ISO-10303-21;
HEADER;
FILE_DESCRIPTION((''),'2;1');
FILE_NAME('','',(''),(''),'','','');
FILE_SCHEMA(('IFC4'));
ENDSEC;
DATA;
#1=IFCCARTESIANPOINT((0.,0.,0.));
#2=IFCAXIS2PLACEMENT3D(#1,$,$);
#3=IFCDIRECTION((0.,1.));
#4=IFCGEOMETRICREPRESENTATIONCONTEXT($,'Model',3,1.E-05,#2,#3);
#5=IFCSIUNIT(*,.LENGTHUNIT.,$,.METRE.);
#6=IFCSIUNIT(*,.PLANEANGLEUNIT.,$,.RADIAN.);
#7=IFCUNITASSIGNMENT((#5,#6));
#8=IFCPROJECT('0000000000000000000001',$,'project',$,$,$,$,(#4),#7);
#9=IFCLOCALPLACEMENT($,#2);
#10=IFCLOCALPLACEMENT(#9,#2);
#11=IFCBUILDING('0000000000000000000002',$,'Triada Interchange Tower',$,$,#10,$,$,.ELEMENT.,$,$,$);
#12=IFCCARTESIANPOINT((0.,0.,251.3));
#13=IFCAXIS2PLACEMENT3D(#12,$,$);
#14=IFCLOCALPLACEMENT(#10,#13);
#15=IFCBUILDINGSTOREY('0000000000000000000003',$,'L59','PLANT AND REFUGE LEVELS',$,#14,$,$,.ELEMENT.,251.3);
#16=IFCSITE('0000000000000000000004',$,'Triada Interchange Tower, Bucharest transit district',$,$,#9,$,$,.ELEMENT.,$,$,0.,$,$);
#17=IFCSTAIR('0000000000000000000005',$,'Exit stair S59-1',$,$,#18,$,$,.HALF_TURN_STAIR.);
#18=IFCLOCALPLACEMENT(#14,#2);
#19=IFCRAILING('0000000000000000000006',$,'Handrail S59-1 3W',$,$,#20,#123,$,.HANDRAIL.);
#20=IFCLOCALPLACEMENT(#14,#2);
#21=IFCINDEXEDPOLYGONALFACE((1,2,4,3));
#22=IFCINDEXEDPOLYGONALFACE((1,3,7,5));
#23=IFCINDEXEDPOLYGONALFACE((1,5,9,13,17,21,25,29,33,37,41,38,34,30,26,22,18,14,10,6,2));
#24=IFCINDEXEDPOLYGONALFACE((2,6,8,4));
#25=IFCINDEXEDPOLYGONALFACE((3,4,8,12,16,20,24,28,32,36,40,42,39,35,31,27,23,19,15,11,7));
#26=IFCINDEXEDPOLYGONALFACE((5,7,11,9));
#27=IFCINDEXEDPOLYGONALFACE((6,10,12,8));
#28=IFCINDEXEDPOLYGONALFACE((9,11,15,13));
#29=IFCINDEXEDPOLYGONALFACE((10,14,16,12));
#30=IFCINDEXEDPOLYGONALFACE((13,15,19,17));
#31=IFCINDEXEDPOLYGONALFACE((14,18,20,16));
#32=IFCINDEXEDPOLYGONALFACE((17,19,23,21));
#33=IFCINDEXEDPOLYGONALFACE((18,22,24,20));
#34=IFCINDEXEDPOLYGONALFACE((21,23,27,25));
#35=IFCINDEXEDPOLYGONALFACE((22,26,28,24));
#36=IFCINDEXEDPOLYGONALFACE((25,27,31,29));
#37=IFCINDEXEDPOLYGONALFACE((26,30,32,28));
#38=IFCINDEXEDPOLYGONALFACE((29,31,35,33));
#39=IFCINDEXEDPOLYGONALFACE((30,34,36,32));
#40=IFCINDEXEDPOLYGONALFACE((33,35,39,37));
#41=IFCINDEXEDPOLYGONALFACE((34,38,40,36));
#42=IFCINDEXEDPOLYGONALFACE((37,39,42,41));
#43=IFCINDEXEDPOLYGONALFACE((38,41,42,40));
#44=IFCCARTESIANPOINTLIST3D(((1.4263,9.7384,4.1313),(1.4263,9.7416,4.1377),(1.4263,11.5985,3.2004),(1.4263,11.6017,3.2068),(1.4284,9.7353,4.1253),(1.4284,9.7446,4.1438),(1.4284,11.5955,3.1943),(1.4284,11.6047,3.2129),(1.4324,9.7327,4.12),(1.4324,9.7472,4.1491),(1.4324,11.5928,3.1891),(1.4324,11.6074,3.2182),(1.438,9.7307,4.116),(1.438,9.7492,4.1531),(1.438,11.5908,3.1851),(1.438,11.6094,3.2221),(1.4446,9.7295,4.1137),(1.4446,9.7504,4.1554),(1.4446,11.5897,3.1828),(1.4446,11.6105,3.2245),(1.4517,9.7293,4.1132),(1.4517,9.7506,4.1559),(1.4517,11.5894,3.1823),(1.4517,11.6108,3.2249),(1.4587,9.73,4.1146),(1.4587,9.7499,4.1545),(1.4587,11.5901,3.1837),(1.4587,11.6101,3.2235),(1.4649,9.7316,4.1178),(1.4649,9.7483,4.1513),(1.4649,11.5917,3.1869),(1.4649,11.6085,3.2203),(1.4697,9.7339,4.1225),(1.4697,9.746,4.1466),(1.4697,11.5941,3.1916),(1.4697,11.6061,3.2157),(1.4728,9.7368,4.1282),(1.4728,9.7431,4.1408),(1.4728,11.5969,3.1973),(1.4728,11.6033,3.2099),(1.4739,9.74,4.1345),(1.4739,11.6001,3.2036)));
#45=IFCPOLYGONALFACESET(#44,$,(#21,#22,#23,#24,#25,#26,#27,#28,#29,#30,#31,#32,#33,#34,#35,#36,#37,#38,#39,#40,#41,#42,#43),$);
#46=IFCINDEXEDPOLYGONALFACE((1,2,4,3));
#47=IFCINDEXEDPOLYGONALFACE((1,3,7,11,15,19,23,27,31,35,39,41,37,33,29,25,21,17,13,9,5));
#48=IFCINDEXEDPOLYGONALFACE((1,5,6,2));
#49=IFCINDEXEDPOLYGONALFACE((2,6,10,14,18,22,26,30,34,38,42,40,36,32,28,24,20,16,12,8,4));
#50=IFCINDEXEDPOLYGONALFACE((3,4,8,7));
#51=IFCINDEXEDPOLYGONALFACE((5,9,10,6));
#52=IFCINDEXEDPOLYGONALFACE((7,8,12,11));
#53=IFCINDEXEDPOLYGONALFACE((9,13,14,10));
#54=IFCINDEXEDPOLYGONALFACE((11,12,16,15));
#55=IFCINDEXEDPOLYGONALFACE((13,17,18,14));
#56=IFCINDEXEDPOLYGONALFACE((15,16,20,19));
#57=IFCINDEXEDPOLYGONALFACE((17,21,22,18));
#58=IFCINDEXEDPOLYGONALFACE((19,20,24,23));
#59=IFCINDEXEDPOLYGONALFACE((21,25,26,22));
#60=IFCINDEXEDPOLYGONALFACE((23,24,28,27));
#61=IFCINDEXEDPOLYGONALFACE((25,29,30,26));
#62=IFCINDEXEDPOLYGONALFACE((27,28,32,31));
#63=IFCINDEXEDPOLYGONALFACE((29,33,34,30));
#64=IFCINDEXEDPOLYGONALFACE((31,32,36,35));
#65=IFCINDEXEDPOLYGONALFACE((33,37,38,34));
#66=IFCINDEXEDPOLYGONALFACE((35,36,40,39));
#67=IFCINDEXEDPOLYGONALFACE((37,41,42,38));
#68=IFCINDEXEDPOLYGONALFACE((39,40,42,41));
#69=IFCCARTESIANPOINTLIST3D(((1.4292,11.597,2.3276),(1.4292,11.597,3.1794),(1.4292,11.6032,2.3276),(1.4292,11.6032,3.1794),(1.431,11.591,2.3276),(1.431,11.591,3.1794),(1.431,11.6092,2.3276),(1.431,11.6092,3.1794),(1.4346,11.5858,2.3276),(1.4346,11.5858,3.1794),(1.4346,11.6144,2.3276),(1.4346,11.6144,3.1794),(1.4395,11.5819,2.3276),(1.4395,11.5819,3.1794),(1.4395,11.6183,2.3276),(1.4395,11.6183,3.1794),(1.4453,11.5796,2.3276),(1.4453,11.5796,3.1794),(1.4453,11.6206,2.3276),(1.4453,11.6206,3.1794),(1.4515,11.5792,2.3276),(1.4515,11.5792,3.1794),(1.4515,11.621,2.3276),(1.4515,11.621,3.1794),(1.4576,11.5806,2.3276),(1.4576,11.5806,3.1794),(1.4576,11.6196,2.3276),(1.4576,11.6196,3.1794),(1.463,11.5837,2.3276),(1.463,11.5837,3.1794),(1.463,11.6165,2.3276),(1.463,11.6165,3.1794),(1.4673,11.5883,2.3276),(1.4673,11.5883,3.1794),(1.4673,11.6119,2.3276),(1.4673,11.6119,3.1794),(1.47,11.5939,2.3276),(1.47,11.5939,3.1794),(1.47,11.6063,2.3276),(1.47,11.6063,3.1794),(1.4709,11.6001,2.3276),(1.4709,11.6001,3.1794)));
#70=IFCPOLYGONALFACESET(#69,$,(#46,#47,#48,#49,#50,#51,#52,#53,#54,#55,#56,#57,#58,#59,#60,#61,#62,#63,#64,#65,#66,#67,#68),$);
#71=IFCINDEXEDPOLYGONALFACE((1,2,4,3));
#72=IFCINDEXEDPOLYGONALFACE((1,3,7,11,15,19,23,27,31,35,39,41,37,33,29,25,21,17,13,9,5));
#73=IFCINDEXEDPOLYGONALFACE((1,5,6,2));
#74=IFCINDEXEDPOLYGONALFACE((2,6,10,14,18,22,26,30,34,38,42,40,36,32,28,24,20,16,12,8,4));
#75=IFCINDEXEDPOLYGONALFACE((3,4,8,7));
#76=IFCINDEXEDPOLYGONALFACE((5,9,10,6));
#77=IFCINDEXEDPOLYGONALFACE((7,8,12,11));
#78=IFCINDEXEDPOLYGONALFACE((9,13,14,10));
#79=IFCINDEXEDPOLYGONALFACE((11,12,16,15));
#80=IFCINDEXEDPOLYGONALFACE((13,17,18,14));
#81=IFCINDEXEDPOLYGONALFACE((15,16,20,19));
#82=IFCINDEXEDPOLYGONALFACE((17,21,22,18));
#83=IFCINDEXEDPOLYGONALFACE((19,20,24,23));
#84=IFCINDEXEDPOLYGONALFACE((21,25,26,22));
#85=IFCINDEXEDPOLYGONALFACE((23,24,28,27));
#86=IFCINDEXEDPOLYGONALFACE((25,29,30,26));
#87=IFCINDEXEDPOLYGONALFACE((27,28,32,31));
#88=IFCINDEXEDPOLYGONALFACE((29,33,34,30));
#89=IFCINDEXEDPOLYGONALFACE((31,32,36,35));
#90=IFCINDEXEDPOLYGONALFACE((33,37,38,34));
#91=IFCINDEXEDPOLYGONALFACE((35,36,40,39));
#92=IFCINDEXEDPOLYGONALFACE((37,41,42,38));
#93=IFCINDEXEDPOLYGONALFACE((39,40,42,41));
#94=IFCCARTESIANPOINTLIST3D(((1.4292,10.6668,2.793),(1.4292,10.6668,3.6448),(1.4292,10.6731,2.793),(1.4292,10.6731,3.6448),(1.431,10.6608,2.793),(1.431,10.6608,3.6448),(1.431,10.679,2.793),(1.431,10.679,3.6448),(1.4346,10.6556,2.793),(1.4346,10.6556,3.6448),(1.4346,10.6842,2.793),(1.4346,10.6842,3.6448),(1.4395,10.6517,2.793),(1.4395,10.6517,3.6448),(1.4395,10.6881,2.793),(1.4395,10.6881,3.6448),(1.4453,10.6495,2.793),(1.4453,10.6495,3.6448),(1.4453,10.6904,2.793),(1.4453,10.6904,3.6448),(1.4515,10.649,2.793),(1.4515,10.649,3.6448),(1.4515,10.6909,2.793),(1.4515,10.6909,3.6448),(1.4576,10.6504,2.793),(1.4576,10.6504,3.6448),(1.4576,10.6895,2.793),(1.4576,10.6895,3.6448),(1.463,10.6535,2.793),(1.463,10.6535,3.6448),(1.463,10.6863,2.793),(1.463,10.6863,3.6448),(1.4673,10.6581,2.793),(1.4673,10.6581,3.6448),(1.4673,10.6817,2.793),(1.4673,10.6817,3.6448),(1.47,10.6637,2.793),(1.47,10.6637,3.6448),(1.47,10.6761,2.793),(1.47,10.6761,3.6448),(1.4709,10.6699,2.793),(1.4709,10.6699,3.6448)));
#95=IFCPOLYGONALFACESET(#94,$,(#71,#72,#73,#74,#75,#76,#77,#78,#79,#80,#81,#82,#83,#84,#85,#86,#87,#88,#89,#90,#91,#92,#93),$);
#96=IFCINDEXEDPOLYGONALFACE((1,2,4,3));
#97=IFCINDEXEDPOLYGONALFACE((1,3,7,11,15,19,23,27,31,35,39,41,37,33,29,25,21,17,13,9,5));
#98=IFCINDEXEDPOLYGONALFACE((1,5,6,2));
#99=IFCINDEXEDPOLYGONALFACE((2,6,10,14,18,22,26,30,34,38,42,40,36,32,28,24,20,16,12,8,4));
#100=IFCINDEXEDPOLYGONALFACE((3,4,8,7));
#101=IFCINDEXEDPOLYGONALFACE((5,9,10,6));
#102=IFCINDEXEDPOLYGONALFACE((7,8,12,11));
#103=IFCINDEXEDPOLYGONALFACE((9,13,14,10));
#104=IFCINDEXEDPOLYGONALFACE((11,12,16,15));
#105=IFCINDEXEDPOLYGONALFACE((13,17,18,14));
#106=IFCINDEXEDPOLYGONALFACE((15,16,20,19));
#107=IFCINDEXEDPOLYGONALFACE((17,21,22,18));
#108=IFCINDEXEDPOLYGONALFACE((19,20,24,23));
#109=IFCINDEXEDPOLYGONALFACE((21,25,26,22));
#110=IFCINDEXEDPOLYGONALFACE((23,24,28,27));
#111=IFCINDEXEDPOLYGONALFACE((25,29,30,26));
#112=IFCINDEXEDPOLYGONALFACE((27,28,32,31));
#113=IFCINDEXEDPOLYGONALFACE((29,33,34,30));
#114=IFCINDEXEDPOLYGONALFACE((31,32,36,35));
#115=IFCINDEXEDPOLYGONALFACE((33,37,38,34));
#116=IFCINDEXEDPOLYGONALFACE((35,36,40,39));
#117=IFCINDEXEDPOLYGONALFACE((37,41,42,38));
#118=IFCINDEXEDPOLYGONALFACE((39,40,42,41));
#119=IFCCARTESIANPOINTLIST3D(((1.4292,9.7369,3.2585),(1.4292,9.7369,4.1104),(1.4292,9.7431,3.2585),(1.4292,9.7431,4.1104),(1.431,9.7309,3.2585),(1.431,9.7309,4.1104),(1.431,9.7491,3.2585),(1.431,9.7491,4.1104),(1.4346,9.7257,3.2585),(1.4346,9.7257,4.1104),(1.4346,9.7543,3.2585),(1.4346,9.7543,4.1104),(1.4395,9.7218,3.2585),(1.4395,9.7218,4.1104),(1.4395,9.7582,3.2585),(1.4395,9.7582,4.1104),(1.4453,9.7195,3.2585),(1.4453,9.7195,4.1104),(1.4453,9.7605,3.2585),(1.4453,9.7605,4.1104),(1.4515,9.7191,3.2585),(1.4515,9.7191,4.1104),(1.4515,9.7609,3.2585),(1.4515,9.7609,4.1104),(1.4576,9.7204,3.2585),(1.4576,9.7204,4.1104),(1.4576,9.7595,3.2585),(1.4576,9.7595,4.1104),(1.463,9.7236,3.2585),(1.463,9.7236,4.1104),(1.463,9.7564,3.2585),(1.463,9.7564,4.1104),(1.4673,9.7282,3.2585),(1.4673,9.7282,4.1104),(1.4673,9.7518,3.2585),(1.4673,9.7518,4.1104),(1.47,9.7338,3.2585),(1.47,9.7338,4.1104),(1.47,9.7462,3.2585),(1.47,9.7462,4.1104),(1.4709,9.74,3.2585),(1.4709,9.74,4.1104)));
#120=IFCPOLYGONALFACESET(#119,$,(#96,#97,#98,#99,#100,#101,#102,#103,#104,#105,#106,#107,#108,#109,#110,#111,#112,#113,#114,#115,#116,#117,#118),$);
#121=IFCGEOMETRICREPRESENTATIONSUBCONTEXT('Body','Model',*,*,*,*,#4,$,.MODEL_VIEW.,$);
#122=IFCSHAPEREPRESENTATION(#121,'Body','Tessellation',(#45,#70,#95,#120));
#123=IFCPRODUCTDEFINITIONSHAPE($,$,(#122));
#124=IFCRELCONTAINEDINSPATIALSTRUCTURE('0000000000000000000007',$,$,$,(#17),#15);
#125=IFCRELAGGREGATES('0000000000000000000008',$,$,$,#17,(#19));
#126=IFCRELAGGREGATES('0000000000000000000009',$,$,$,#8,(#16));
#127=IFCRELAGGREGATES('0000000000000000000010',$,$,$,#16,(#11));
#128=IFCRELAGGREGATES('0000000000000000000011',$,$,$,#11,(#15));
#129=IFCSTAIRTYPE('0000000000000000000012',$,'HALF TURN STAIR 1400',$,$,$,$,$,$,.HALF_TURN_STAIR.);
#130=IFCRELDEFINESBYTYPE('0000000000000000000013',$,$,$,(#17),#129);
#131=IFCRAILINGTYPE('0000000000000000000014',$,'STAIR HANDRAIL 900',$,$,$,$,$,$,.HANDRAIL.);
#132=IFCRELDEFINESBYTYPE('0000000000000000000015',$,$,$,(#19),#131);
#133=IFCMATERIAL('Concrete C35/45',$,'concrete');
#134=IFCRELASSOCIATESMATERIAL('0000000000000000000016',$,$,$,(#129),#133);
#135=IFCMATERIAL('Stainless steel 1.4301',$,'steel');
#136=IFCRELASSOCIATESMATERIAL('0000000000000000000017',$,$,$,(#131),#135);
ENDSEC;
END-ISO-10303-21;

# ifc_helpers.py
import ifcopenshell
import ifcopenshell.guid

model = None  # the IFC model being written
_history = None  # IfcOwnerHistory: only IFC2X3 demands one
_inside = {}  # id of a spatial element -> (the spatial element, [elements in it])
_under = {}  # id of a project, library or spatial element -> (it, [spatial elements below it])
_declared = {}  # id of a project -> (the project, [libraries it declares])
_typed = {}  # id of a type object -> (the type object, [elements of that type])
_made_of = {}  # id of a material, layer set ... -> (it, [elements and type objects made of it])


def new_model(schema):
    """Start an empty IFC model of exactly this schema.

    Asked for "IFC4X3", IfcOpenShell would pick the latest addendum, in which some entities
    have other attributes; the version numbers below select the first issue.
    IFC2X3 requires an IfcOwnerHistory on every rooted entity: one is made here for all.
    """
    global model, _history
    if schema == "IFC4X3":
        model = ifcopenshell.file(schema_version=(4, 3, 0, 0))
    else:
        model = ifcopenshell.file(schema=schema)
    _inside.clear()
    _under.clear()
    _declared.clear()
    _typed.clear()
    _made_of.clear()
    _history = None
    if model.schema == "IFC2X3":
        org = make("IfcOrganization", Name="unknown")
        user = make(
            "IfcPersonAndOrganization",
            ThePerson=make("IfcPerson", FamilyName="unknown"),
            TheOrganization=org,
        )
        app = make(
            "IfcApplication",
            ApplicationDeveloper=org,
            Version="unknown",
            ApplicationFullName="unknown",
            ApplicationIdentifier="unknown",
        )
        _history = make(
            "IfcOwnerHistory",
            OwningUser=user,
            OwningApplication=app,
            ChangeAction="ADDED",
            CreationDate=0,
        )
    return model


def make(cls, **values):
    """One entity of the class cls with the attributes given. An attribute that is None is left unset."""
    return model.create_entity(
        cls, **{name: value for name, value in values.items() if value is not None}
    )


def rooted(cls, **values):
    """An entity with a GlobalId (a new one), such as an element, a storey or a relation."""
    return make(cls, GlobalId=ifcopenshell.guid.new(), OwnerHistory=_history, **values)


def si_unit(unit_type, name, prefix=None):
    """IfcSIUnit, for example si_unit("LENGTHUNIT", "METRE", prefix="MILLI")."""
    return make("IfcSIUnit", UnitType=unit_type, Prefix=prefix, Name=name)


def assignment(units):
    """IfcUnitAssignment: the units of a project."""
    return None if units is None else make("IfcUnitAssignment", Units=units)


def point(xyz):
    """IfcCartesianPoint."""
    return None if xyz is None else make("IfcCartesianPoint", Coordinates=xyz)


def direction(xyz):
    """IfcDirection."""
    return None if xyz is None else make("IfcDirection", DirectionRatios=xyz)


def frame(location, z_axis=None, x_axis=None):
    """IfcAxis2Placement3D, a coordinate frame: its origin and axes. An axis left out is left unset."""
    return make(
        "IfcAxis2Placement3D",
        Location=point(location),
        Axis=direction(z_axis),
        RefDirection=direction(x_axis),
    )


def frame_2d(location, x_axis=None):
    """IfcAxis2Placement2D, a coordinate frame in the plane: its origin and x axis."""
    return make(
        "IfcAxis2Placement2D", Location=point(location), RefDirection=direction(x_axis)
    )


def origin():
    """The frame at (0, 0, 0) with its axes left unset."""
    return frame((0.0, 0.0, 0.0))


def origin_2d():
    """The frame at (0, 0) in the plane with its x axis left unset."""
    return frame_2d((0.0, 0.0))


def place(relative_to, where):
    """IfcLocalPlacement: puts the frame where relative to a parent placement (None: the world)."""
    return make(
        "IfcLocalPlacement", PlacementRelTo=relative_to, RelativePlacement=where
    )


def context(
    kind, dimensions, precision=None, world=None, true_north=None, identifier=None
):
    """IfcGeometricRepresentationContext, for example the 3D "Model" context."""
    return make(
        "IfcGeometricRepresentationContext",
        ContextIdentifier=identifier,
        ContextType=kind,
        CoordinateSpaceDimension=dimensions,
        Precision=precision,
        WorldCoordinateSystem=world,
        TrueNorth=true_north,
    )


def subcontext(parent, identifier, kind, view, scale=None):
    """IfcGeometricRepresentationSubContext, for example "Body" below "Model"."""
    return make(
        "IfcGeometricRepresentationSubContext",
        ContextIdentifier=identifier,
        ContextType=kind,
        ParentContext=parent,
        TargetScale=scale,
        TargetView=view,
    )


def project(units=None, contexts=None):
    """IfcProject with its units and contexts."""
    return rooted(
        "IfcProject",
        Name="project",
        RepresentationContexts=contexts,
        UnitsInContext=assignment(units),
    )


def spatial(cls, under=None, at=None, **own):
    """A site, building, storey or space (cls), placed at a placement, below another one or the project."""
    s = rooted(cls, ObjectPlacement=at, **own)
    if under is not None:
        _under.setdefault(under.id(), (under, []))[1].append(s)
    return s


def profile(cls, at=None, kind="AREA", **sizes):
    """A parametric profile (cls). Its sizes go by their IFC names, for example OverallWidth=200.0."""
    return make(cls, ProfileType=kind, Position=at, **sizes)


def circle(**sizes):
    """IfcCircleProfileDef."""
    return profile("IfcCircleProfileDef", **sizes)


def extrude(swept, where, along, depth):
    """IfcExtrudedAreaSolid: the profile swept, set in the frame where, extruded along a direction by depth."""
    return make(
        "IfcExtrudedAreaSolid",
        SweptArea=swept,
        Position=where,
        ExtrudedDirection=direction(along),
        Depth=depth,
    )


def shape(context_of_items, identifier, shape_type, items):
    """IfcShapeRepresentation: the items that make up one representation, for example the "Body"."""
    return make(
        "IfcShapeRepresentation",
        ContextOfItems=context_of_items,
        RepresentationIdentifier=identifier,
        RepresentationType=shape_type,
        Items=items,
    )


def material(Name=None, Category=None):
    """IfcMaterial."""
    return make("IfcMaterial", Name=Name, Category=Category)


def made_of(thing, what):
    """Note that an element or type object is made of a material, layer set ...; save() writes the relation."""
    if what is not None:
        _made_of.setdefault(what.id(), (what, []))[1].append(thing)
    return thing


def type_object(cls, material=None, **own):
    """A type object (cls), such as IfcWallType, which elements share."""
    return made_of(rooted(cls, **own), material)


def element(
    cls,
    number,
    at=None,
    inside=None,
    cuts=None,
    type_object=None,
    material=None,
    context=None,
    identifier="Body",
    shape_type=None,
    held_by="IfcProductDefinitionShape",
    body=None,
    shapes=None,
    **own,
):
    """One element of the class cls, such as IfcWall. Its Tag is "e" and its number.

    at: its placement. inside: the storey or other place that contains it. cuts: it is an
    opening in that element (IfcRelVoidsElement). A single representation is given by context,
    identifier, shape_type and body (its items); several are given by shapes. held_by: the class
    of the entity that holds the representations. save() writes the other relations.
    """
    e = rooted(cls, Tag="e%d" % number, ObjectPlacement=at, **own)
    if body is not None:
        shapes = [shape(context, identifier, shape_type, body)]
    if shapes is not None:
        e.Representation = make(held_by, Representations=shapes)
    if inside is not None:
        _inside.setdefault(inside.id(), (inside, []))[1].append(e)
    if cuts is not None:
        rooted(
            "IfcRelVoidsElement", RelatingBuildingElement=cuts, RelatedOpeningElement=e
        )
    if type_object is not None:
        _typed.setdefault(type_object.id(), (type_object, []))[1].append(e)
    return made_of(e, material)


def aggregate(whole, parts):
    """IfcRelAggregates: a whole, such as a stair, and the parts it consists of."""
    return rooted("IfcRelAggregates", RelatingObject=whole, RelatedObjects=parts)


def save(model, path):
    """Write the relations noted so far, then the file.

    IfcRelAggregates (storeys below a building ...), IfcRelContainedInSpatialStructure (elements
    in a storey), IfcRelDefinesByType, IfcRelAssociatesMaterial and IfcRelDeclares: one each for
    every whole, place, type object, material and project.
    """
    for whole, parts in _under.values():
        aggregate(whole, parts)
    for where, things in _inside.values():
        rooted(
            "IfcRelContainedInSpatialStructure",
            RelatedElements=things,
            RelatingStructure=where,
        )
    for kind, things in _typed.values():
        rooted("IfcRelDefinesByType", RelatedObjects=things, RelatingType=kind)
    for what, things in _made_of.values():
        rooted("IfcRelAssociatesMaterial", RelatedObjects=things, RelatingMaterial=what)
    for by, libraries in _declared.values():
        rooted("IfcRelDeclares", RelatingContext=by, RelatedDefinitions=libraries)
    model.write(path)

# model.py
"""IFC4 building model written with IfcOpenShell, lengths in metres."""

from ifc_helpers import new_model, si_unit, direction, frame, origin, origin_2d, place, context, subcontext, project, spatial, circle, extrude, material, type_object, element, aggregate, save


model = new_model("IFC4")

# Units and contexts
model_context = context("Model", 3, precision=1e-05, world=origin(), true_north=direction((0.0, 1.0)))
body_context = subcontext(model_context, "Body", "Model", "MODEL_VIEW")
ifc_project = project(units=[si_unit("LENGTHUNIT", "METRE"), si_unit("PLANEANGLEUNIT", "RADIAN")], contexts=[model_context])

# Site, building, storey
site_placement = place(None, origin())
site = spatial("IfcSite", under=ifc_project, at=site_placement, Name="Triada Interchange Tower, Bucharest transit district", CompositionType="ELEMENT", RefElevation=0.0)
building_placement = place(site_placement, origin())
building = spatial("IfcBuilding", under=site, at=building_placement, Name="Triada Interchange Tower", CompositionType="ELEMENT")
storey_placement = place(building_placement, frame((0.0, 0.0, 251.3)))
storey = spatial("IfcBuildingStorey", under=building, at=storey_placement, Name="L59", Description="PLANT AND REFUGE LEVELS", CompositionType="ELEMENT", Elevation=251.3)

# Shared definitions
ifc_material_1 = material(Name="Concrete C35/45", Category="concrete")

# Stair
stair_type = type_object("IfcStairType", Name="HALF TURN STAIR 1400", PredefinedType="HALF_TURN_STAIR", material=ifc_material_1)
stair_placement = place(storey_placement, origin())
stair = element("IfcStair", 1, at=stair_placement, inside=storey, type_object=stair_type, Name="Exit stair S59-1", PredefinedType="HALF_TURN_STAIR")

# Railing
ifc_material_2 = material(Name="Stainless steel 1.4301", Category="steel")
railing_type_1 = type_object("IfcRailingType", Name="STAIR HANDRAIL 900", PredefinedType="HANDRAIL", material=ifc_material_2)
railing_1_placement = place(storey_placement, frame((1.45, 11.6001, 2.3276)))
railing_1 = element("IfcRailing", 2, at=railing_1_placement, type_object=railing_type_1, Name="Handrail S59-1 3W", PredefinedType="HANDRAIL", context=body_context, shape_type="SweptSolid", body=[
    extrude(circle(Radius=0.0239, at=origin_2d()), frame((0.0, 0.0, 0.876), z_axis=(0.0, -0.894263, 0.447542), x_axis=(1.0, 0.0, 0.0)), (0.0, 0.0, 1.0), 2.0801),
    extrude(circle(Radius=0.021, at=origin_2d()), origin(), (0.0, 0.0, 1.0), 0.8518),
    extrude(circle(Radius=0.021, at=origin_2d()), frame((0.0, -0.9302, 0.4653)), (0.0, 0.0, 1.0), 0.8518),
    extrude(circle(Radius=0.021, at=origin_2d()), frame((0.0, -1.8601, 0.9309)), (0.0, 0.0, 1.0), 0.8518),
])
aggregate(stair, [railing_1])

save(model, "model.ifc")
